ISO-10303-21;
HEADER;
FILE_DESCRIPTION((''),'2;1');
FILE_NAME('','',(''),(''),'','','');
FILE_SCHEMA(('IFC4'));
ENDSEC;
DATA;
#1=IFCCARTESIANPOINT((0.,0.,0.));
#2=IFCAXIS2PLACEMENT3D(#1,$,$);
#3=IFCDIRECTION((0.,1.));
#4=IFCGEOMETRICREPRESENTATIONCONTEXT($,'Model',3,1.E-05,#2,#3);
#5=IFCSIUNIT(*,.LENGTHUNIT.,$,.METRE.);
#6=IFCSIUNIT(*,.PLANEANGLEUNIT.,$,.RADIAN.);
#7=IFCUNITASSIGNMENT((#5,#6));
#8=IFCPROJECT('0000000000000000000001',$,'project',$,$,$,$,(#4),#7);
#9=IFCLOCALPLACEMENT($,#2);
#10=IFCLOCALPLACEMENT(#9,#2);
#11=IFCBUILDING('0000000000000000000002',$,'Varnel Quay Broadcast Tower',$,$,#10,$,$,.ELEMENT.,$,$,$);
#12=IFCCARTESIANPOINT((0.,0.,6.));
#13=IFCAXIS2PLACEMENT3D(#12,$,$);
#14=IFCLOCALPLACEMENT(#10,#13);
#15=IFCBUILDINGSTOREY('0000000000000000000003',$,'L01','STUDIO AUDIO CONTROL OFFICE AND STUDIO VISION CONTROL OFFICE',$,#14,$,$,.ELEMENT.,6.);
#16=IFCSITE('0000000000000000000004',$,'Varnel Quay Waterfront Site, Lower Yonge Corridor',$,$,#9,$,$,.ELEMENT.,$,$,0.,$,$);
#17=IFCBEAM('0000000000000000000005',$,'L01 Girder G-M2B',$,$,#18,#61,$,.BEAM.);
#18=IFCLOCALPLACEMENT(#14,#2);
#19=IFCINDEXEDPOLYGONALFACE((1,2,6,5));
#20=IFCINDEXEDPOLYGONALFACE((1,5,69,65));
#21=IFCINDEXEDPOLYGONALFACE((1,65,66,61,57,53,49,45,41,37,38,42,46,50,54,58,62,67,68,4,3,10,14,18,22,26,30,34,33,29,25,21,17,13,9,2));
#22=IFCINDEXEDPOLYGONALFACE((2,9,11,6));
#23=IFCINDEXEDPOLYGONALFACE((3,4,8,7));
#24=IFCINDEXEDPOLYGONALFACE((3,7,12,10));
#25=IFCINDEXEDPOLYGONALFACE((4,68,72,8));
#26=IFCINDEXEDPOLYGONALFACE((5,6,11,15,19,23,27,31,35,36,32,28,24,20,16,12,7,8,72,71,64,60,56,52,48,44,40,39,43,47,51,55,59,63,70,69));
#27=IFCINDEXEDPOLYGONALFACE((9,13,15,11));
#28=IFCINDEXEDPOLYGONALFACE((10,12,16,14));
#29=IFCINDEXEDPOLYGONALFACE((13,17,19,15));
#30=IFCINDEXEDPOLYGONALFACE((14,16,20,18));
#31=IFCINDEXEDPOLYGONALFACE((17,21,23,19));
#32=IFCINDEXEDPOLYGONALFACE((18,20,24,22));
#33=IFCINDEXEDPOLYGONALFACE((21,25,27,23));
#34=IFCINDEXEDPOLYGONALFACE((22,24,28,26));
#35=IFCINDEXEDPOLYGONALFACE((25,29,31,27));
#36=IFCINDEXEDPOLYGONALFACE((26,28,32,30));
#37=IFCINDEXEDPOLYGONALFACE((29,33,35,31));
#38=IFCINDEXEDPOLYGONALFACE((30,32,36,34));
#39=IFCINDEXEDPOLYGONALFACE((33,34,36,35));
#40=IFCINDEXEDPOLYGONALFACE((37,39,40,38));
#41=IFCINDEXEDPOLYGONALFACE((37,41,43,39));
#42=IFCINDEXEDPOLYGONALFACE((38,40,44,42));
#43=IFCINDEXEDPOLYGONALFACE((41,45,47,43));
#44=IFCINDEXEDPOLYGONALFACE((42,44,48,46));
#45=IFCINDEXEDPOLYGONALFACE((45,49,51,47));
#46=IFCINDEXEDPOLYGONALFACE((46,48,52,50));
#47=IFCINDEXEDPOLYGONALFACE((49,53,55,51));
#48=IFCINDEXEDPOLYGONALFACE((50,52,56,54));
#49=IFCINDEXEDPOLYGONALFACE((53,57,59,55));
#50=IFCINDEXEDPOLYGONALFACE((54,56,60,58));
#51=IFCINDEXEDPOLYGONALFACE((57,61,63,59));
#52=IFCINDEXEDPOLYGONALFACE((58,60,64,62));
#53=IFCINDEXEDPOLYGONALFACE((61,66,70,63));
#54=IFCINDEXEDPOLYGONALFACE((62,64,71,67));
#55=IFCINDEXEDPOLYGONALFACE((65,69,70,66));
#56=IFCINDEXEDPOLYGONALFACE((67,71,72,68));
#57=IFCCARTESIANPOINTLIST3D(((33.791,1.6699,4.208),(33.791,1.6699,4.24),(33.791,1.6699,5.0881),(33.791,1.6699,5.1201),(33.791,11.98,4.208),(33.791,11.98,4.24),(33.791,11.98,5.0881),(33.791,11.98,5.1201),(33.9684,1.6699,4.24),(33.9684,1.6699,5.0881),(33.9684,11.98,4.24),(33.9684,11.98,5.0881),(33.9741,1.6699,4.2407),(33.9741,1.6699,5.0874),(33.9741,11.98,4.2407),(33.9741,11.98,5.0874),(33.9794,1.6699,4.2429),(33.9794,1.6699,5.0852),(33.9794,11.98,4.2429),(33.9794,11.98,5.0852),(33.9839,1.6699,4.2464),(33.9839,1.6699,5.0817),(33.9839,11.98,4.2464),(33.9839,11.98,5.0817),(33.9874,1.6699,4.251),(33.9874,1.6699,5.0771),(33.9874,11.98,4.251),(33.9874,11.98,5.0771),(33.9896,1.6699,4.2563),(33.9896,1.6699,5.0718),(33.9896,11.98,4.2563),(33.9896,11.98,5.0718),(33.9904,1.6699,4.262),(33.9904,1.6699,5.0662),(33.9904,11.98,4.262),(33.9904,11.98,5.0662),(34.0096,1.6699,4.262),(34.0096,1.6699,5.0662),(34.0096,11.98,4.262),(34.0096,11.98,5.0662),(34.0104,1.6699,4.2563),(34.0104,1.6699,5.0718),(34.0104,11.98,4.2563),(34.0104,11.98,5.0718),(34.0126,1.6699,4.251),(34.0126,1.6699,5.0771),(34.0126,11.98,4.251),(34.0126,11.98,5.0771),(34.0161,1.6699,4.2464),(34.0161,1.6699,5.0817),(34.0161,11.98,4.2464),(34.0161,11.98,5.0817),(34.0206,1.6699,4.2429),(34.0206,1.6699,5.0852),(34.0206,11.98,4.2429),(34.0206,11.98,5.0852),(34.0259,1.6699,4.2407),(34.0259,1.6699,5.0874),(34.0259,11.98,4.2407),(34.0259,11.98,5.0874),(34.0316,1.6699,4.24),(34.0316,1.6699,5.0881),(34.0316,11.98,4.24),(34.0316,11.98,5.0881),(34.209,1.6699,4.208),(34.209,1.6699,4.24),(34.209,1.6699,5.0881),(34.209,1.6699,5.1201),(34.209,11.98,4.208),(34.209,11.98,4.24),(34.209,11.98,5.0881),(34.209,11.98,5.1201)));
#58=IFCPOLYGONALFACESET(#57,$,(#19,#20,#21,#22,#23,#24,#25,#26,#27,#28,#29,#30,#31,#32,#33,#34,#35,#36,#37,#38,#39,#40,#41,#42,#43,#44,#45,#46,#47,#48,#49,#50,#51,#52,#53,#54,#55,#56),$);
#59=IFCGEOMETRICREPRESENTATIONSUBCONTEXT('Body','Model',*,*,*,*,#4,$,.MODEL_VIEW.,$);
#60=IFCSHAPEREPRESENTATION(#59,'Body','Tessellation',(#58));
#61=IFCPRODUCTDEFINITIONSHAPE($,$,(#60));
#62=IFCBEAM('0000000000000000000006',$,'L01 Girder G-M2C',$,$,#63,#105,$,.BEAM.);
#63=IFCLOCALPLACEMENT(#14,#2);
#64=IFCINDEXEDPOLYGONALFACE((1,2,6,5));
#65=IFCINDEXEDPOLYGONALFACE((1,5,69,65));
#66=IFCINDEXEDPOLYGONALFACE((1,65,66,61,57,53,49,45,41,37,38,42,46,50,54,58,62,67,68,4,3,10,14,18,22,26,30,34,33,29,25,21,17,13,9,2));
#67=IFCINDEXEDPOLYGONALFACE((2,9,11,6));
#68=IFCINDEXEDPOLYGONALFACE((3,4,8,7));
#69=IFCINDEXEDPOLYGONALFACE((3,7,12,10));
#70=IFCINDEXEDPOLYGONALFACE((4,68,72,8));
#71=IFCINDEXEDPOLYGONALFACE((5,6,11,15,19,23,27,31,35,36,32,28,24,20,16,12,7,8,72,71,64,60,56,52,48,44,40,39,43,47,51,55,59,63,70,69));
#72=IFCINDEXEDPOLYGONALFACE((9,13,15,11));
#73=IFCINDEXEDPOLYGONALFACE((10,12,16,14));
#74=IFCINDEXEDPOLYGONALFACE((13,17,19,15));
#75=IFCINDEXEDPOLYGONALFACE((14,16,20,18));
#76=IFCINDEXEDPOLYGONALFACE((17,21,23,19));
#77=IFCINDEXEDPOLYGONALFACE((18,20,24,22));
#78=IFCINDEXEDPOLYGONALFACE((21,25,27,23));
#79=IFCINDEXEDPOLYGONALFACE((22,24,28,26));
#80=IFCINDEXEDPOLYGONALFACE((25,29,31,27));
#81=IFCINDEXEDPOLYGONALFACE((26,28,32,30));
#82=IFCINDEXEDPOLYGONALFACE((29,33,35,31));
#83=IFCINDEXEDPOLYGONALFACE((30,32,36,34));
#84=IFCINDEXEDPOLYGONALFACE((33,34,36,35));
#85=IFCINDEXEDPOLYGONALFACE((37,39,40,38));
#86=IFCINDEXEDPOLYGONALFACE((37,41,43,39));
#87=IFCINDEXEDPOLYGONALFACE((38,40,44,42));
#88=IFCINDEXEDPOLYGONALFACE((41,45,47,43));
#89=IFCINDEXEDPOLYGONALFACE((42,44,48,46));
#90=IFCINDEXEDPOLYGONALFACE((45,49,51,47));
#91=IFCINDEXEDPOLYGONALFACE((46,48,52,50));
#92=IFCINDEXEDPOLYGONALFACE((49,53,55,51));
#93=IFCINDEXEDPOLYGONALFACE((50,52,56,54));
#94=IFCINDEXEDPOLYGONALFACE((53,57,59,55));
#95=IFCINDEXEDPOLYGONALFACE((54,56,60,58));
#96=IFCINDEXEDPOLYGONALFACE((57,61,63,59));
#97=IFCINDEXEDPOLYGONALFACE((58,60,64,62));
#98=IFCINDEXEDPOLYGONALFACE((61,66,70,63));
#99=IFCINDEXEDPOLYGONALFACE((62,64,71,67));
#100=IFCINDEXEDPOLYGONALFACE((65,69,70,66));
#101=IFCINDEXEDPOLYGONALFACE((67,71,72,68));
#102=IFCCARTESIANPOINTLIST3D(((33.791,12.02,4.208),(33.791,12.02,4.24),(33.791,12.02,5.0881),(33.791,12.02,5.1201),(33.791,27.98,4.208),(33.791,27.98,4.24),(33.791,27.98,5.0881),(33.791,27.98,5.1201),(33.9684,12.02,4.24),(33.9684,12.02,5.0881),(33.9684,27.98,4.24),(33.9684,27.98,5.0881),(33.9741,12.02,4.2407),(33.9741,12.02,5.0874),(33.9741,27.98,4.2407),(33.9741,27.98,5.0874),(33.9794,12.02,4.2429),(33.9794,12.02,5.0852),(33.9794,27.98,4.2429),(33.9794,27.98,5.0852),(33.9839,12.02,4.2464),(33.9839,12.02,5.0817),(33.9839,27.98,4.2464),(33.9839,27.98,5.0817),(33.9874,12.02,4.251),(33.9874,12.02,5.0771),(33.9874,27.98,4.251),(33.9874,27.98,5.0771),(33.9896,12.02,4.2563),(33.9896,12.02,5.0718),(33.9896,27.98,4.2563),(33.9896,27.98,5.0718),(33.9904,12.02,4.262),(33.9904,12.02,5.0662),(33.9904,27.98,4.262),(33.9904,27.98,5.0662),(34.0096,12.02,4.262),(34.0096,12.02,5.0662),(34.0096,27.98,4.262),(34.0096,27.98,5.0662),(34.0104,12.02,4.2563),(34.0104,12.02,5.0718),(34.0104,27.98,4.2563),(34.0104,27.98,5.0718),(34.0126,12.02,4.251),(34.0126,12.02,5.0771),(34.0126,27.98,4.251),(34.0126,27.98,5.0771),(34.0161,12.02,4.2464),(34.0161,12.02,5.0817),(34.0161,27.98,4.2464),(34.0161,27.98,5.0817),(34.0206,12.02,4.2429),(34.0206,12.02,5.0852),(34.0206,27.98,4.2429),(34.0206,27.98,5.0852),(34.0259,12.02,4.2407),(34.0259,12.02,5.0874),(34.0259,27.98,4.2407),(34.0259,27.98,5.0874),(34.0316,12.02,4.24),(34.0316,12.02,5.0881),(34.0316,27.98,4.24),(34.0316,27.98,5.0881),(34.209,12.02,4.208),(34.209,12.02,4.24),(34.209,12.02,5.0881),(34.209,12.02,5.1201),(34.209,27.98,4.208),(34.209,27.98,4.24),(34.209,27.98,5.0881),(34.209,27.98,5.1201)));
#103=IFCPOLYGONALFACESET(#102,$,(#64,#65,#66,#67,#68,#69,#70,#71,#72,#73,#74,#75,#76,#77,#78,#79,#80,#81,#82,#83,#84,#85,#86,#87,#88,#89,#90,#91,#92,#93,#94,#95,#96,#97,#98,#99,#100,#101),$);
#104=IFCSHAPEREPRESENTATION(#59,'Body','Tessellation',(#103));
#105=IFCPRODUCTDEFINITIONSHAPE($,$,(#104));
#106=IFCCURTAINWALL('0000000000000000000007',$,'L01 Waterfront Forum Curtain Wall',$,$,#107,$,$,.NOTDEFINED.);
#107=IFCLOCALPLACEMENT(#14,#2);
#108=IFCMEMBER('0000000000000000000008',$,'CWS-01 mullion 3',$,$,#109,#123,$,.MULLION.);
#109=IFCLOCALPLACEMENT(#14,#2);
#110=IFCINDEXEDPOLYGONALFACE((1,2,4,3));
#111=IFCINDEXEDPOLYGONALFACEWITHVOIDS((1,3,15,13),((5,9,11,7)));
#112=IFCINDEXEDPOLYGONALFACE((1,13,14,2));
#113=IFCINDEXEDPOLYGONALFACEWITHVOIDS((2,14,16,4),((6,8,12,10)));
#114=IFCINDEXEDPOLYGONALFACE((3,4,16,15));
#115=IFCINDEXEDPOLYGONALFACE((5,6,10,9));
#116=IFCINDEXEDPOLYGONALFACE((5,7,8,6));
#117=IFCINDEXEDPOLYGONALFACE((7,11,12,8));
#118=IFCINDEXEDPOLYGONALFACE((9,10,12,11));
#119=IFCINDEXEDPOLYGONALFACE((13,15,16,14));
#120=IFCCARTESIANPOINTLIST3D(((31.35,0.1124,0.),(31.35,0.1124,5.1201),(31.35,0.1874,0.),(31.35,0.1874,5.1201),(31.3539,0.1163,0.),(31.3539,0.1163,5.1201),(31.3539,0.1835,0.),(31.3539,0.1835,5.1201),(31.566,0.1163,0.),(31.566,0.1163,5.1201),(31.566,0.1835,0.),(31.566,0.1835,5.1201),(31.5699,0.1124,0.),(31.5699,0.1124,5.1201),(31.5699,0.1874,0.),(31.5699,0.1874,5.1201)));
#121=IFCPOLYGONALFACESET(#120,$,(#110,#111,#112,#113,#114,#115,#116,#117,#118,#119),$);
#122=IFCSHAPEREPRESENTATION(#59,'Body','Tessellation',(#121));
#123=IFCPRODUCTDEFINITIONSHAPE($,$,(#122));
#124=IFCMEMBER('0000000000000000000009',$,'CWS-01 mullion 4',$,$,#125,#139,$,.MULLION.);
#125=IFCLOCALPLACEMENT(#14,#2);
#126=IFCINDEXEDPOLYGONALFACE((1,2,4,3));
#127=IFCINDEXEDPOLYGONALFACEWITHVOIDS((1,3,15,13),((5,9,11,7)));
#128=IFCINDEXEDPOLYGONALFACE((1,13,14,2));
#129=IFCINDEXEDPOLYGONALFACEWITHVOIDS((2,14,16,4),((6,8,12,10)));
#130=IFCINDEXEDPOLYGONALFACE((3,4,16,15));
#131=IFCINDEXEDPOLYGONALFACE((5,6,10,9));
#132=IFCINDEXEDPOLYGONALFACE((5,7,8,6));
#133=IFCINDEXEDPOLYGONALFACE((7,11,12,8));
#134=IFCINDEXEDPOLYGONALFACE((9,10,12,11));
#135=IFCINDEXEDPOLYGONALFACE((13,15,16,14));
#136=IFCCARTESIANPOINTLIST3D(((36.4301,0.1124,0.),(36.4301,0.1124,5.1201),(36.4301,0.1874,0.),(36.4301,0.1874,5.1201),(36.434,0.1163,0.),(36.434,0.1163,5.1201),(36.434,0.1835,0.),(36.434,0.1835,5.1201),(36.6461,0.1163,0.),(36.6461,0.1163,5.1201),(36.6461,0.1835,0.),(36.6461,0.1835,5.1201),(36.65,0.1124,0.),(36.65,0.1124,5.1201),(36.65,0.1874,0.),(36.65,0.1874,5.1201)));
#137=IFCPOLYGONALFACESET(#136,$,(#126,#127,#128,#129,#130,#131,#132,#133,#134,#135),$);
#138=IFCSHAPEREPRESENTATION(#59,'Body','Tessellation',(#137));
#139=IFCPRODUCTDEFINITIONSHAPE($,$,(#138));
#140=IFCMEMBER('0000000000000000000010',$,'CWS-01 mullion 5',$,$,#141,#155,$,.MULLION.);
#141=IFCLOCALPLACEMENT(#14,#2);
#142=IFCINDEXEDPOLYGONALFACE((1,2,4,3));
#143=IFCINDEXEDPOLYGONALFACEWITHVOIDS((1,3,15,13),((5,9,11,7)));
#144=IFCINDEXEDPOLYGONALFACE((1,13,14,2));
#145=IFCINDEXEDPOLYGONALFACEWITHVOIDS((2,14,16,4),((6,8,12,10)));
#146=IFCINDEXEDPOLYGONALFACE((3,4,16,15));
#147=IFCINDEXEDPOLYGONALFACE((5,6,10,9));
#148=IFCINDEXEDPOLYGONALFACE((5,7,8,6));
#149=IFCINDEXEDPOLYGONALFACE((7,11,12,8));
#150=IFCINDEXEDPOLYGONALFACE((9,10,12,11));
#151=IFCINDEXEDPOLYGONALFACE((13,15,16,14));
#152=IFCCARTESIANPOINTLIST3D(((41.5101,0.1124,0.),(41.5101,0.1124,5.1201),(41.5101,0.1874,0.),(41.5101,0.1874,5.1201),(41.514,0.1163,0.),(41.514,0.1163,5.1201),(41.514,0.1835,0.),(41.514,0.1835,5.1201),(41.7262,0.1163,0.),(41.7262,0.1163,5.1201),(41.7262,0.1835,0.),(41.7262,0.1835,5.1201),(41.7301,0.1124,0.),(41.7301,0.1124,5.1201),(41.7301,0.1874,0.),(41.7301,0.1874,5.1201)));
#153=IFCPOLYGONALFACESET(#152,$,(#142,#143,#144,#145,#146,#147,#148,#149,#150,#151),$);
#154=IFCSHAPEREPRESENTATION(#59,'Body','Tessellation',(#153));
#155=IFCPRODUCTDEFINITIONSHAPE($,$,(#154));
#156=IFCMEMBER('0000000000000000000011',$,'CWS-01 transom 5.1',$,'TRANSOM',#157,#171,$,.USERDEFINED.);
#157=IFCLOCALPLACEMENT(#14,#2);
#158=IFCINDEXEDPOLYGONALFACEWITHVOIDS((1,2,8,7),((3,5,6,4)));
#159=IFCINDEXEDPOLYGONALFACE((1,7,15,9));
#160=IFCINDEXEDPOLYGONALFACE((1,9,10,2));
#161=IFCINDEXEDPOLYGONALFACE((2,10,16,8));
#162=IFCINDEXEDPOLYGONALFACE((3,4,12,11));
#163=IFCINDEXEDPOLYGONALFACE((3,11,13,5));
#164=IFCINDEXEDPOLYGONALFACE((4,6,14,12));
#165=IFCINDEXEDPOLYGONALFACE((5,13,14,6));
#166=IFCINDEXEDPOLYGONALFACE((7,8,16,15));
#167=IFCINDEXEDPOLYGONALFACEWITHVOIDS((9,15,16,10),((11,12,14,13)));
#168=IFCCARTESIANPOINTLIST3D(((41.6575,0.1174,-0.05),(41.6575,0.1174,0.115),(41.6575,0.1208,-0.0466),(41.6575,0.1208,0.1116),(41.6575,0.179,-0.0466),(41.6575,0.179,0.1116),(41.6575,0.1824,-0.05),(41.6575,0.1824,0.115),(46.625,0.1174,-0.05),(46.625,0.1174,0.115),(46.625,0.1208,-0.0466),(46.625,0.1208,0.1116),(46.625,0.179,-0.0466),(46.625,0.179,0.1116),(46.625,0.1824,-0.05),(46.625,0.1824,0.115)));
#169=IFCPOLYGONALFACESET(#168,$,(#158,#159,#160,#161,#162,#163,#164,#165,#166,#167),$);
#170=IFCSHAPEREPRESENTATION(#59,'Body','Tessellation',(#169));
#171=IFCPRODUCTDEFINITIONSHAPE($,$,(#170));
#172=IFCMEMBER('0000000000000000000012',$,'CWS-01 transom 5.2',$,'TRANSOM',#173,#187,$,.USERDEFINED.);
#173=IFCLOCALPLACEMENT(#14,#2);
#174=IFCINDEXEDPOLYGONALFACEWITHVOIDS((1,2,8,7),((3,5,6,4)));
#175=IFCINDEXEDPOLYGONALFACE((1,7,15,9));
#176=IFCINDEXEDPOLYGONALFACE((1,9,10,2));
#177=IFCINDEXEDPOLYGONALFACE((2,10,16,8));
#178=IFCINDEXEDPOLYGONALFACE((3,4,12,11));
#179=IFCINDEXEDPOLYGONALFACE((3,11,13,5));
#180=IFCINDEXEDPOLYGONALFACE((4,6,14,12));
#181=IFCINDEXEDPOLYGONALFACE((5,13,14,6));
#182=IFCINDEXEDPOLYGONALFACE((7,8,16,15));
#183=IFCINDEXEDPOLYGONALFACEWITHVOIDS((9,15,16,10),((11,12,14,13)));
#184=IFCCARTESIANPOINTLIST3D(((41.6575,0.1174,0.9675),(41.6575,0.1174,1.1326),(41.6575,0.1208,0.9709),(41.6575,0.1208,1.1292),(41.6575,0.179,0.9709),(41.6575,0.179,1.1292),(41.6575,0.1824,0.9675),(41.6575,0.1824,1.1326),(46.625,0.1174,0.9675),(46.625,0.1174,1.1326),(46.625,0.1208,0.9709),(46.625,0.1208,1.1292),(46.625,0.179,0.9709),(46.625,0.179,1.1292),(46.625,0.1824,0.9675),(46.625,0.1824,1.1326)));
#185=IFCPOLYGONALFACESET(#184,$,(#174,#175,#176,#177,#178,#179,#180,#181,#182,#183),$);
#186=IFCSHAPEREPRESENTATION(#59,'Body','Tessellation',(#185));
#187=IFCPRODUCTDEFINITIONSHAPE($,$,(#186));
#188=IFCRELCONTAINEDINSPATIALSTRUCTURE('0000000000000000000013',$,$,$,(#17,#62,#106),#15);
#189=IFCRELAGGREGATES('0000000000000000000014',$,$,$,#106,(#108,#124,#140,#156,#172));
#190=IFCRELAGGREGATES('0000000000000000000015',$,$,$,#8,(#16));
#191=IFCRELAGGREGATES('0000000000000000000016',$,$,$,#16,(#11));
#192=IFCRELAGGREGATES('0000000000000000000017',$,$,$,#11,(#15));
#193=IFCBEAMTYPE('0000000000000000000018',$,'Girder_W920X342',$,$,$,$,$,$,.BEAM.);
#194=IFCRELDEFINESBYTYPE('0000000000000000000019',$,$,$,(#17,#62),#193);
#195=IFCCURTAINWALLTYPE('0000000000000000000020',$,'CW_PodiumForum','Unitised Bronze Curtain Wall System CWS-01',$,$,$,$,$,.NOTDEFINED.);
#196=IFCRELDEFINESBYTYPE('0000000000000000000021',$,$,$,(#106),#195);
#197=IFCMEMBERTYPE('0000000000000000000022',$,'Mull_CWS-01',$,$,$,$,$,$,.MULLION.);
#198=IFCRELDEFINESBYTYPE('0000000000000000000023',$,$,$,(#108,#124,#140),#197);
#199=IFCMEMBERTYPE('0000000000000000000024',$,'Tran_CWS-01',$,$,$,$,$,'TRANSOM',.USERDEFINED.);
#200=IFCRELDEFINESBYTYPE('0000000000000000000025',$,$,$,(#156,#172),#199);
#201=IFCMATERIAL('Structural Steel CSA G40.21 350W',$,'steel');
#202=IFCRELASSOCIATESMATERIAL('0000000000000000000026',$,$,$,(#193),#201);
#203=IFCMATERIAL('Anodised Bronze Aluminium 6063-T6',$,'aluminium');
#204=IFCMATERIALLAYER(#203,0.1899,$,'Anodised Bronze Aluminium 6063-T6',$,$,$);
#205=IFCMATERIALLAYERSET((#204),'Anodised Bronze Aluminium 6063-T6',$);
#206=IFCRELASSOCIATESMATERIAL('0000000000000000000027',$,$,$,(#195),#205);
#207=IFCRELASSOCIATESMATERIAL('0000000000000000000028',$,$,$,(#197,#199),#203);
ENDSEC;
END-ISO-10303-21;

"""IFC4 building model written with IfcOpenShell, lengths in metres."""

from ifc_helpers import new_model, si_unit, direction, frame, origin, origin_2d, place, context, subcontext, project, spatial, hollow_rectangle, i_section, extrude, source, transform, mapped, material, layer, layer_set, material_profile, profile_set, type_object, type_shapes, element, aggregate, save


model = new_model("IFC4")

# Units and contexts
model_context = context("Model", 3, precision=1e-05, world=origin(), true_north=direction((0.0, 1.0)))
body_context = subcontext(model_context, "Body", "Model", "MODEL_VIEW")
ifc_project = project(units=[si_unit("LENGTHUNIT", "METRE"), si_unit("PLANEANGLEUNIT", "RADIAN")], contexts=[model_context])

# Site, building, storey
site_placement = place(None, origin())
site = spatial("IfcSite", under=ifc_project, at=site_placement, Name="Varnel Quay Waterfront Site, Lower Yonge Corridor", CompositionType="ELEMENT", RefElevation=0.0)
building_placement = place(site_placement, origin())
building = spatial("IfcBuilding", under=site, at=building_placement, Name="Varnel Quay Broadcast Tower", CompositionType="ELEMENT")
storey_placement = place(building_placement, frame((0.0, 0.0, 6.0)))
storey = spatial("IfcBuildingStorey", under=building, at=storey_placement, Name="L01", Description="STUDIO AUDIO CONTROL OFFICE AND STUDIO VISION CONTROL OFFICE", CompositionType="ELEMENT", Elevation=6.0)

# Shared definitions
ifc_material_1 = material(Name="Structural Steel CSA G40.21 350W", Category="steel")

# Beams
ifc_material_profile_1 = material_profile(ifc_material_1, i_section(OverallWidth=0.418, OverallDepth=0.9121, WebThickness=0.0193, FlangeThickness=0.032, FilletRadius=0.022, at=origin_2d()), Name="W920X342")
ifc_profile_set_1 = profile_set([ifc_material_profile_1], Name="Structural Steel CSA G40.21 350W")
beam_type = type_object("IfcBeamType", Name="Girder_W920X342", PredefinedType="BEAM", material=ifc_profile_set_1)
shared_shape_1 = source(origin(), body_context, "Body", "SweptSolid", [
    extrude(i_section(OverallWidth=0.418, OverallDepth=0.9121, WebThickness=0.0193, FlangeThickness=0.032, FilletRadius=0.022, at=origin_2d()), origin(), (0.0, 0.0, 1.0), 10.3101),
])
beam_1_placement = place(storey_placement, frame((34.0, 1.6699, 4.6641), z_axis=(0.0, 1.0, 0.0), x_axis=(-1.0, 0.0, 0.0)))
element("IfcBeam", 1, at=beam_1_placement, inside=storey, type_object=beam_type, Name="L01 Girder G-M2B", PredefinedType="BEAM", context=body_context, shape_type="MappedRepresentation", body=[
    mapped(shared_shape_1, transform((0.0, 0.0, 0.0), x_axis=(1.0, 0.0, 0.0), y_axis=(0.0, 1.0, 0.0), z_axis=(0.0, 0.0, 1.0), scale=1.0)),
])
shared_shape_2 = source(origin(), body_context, "Body", "SweptSolid", [
    extrude(i_section(OverallWidth=0.418, OverallDepth=0.9121, WebThickness=0.0193, FlangeThickness=0.032, FilletRadius=0.022, at=origin_2d()), origin(), (0.0, 0.0, 1.0), 15.96),
])
beam_2_placement = place(storey_placement, frame((34.0, 12.02, 4.6641), z_axis=(0.0, 1.0, 0.0), x_axis=(-1.0, 0.0, 0.0)))
element("IfcBeam", 2, at=beam_2_placement, inside=storey, type_object=beam_type, Name="L01 Girder G-M2C", PredefinedType="BEAM", context=body_context, shape_type="MappedRepresentation", body=[
    mapped(shared_shape_2, transform((0.0, 0.0, 0.0), x_axis=(1.0, 0.0, 0.0), y_axis=(0.0, 1.0, 0.0), z_axis=(0.0, 0.0, 1.0), scale=1.0)),
])

# Curtain wall, members
ifc_material_2 = material(Name="Anodised Bronze Aluminium 6063-T6", Category="aluminium")
ifc_layer_1 = layer(ifc_material_2, 0.1899, Name="Anodised Bronze Aluminium 6063-T6")
ifc_layer_set_1 = layer_set([ifc_layer_1], Name="Anodised Bronze Aluminium 6063-T6")
curtain_wall_type = type_object("IfcCurtainWallType", Name="CW_PodiumForum", Description="Unitised Bronze Curtain Wall System CWS-01", PredefinedType="NOTDEFINED", material=ifc_layer_set_1)
curtain_wall_placement = place(storey_placement, origin())
curtain_wall = element("IfcCurtainWall", 3, at=curtain_wall_placement, inside=storey, type_object=curtain_wall_type, Name="L01 Waterfront Forum Curtain Wall", PredefinedType="NOTDEFINED")
ifc_material_profile_2 = material_profile(ifc_material_2, hollow_rectangle(XDim=0.075, YDim=0.22, WallThickness=0.0039, at=origin_2d()), Name="ALU75X220X4")
ifc_profile_set_2 = profile_set([ifc_material_profile_2], Name="Anodised Bronze Aluminium 6063-T6")
member_type_1 = type_object("IfcMemberType", Name="Mull_CWS-01", PredefinedType="MULLION", material=ifc_profile_set_2)
shared_shape_3 = source(origin(), body_context, "Body", "SweptSolid", [
    extrude(hollow_rectangle(XDim=0.075, YDim=0.22, WallThickness=0.0039, at=origin_2d()), origin(), (0.0, 0.0, 1.0), 5.1201),
])
type_shapes(member_type_1, [shared_shape_3])
member_1_placement = place(storey_placement, frame((31.46, 0.1499, 0.0), z_axis=(0.0, 0.0, 1.0), x_axis=(0.0, 1.0, 0.0)))
member_1 = element("IfcMember", 4, at=member_1_placement, type_object=member_type_1, Name="CWS-01 mullion 3", PredefinedType="MULLION", context=body_context, shape_type="MappedRepresentation", body=[
    mapped(shared_shape_3, transform((0.0, 0.0, 0.0), x_axis=(1.0, 0.0, 0.0), y_axis=(0.0, 1.0, 0.0), z_axis=(0.0, 0.0, 1.0), scale=1.0)),
])
member_2_placement = place(storey_placement, frame((36.54, 0.1499, 0.0), z_axis=(0.0, 0.0, 1.0), x_axis=(0.0, 1.0, 0.0)))
member_2 = element("IfcMember", 5, at=member_2_placement, type_object=member_type_1, Name="CWS-01 mullion 4", PredefinedType="MULLION", context=body_context, shape_type="MappedRepresentation", body=[
    mapped(shared_shape_3, transform((0.0, 0.0, 0.0), x_axis=(1.0, 0.0, 0.0), y_axis=(0.0, 1.0, 0.0), z_axis=(0.0, 0.0, 1.0), scale=1.0)),
])
member_3_placement = place(storey_placement, frame((41.6201, 0.1499, 0.0), z_axis=(0.0, 0.0, 1.0), x_axis=(0.0, 1.0, 0.0)))
member_3 = element("IfcMember", 6, at=member_3_placement, type_object=member_type_1, Name="CWS-01 mullion 5", PredefinedType="MULLION", context=body_context, shape_type="MappedRepresentation", body=[
    mapped(shared_shape_3, transform((0.0, 0.0, 0.0), x_axis=(1.0, 0.0, 0.0), y_axis=(0.0, 1.0, 0.0), z_axis=(0.0, 0.0, 1.0), scale=1.0)),
])
ifc_material_profile_3 = material_profile(ifc_material_2, hollow_rectangle(XDim=0.0649, YDim=0.165, WallThickness=0.0034, at=origin_2d()), Name="ALU65X165X3.5")
ifc_profile_set_3 = profile_set([ifc_material_profile_3], Name="Anodised Bronze Aluminium 6063-T6")
member_type_2 = type_object("IfcMemberType", Name="Tran_CWS-01", ElementType="TRANSOM", PredefinedType="USERDEFINED", material=ifc_profile_set_3)
shared_shape_4 = source(origin(), body_context, "Body", "SweptSolid", [
    extrude(hollow_rectangle(XDim=0.0649, YDim=0.165, WallThickness=0.0034, at=origin_2d()), origin(), (0.0, 0.0, 1.0), 4.9675),
])
member_4_placement = place(storey_placement, frame((41.6575, 0.1499, 0.0325), z_axis=(1.0, 0.0, 0.0), x_axis=(0.0, 1.0, 0.0)))
member_4 = element("IfcMember", 7, at=member_4_placement, type_object=member_type_2, Name="CWS-01 transom 5.1", ObjectType="TRANSOM", PredefinedType="USERDEFINED", context=body_context, shape_type="MappedRepresentation", body=[
    mapped(shared_shape_4, transform((0.0, 0.0, 0.0), x_axis=(1.0, 0.0, 0.0), y_axis=(0.0, 1.0, 0.0), z_axis=(0.0, 0.0, 1.0), scale=1.0)),
])
member_5_placement = place(storey_placement, frame((41.6575, 0.1499, 1.05), z_axis=(1.0, 0.0, 0.0), x_axis=(0.0, 1.0, 0.0)))
member_5 = element("IfcMember", 8, at=member_5_placement, type_object=member_type_2, Name="CWS-01 transom 5.2", ObjectType="TRANSOM", PredefinedType="USERDEFINED", context=body_context, shape_type="MappedRepresentation", body=[
    mapped(shared_shape_4, transform((0.0, 0.0, 0.0), x_axis=(1.0, 0.0, 0.0), y_axis=(0.0, 1.0, 0.0), z_axis=(0.0, 0.0, 1.0), scale=1.0)),
])
aggregate(curtain_wall, [member_1, member_2, member_3, member_4, member_5])

save(model, "model.ifc")
